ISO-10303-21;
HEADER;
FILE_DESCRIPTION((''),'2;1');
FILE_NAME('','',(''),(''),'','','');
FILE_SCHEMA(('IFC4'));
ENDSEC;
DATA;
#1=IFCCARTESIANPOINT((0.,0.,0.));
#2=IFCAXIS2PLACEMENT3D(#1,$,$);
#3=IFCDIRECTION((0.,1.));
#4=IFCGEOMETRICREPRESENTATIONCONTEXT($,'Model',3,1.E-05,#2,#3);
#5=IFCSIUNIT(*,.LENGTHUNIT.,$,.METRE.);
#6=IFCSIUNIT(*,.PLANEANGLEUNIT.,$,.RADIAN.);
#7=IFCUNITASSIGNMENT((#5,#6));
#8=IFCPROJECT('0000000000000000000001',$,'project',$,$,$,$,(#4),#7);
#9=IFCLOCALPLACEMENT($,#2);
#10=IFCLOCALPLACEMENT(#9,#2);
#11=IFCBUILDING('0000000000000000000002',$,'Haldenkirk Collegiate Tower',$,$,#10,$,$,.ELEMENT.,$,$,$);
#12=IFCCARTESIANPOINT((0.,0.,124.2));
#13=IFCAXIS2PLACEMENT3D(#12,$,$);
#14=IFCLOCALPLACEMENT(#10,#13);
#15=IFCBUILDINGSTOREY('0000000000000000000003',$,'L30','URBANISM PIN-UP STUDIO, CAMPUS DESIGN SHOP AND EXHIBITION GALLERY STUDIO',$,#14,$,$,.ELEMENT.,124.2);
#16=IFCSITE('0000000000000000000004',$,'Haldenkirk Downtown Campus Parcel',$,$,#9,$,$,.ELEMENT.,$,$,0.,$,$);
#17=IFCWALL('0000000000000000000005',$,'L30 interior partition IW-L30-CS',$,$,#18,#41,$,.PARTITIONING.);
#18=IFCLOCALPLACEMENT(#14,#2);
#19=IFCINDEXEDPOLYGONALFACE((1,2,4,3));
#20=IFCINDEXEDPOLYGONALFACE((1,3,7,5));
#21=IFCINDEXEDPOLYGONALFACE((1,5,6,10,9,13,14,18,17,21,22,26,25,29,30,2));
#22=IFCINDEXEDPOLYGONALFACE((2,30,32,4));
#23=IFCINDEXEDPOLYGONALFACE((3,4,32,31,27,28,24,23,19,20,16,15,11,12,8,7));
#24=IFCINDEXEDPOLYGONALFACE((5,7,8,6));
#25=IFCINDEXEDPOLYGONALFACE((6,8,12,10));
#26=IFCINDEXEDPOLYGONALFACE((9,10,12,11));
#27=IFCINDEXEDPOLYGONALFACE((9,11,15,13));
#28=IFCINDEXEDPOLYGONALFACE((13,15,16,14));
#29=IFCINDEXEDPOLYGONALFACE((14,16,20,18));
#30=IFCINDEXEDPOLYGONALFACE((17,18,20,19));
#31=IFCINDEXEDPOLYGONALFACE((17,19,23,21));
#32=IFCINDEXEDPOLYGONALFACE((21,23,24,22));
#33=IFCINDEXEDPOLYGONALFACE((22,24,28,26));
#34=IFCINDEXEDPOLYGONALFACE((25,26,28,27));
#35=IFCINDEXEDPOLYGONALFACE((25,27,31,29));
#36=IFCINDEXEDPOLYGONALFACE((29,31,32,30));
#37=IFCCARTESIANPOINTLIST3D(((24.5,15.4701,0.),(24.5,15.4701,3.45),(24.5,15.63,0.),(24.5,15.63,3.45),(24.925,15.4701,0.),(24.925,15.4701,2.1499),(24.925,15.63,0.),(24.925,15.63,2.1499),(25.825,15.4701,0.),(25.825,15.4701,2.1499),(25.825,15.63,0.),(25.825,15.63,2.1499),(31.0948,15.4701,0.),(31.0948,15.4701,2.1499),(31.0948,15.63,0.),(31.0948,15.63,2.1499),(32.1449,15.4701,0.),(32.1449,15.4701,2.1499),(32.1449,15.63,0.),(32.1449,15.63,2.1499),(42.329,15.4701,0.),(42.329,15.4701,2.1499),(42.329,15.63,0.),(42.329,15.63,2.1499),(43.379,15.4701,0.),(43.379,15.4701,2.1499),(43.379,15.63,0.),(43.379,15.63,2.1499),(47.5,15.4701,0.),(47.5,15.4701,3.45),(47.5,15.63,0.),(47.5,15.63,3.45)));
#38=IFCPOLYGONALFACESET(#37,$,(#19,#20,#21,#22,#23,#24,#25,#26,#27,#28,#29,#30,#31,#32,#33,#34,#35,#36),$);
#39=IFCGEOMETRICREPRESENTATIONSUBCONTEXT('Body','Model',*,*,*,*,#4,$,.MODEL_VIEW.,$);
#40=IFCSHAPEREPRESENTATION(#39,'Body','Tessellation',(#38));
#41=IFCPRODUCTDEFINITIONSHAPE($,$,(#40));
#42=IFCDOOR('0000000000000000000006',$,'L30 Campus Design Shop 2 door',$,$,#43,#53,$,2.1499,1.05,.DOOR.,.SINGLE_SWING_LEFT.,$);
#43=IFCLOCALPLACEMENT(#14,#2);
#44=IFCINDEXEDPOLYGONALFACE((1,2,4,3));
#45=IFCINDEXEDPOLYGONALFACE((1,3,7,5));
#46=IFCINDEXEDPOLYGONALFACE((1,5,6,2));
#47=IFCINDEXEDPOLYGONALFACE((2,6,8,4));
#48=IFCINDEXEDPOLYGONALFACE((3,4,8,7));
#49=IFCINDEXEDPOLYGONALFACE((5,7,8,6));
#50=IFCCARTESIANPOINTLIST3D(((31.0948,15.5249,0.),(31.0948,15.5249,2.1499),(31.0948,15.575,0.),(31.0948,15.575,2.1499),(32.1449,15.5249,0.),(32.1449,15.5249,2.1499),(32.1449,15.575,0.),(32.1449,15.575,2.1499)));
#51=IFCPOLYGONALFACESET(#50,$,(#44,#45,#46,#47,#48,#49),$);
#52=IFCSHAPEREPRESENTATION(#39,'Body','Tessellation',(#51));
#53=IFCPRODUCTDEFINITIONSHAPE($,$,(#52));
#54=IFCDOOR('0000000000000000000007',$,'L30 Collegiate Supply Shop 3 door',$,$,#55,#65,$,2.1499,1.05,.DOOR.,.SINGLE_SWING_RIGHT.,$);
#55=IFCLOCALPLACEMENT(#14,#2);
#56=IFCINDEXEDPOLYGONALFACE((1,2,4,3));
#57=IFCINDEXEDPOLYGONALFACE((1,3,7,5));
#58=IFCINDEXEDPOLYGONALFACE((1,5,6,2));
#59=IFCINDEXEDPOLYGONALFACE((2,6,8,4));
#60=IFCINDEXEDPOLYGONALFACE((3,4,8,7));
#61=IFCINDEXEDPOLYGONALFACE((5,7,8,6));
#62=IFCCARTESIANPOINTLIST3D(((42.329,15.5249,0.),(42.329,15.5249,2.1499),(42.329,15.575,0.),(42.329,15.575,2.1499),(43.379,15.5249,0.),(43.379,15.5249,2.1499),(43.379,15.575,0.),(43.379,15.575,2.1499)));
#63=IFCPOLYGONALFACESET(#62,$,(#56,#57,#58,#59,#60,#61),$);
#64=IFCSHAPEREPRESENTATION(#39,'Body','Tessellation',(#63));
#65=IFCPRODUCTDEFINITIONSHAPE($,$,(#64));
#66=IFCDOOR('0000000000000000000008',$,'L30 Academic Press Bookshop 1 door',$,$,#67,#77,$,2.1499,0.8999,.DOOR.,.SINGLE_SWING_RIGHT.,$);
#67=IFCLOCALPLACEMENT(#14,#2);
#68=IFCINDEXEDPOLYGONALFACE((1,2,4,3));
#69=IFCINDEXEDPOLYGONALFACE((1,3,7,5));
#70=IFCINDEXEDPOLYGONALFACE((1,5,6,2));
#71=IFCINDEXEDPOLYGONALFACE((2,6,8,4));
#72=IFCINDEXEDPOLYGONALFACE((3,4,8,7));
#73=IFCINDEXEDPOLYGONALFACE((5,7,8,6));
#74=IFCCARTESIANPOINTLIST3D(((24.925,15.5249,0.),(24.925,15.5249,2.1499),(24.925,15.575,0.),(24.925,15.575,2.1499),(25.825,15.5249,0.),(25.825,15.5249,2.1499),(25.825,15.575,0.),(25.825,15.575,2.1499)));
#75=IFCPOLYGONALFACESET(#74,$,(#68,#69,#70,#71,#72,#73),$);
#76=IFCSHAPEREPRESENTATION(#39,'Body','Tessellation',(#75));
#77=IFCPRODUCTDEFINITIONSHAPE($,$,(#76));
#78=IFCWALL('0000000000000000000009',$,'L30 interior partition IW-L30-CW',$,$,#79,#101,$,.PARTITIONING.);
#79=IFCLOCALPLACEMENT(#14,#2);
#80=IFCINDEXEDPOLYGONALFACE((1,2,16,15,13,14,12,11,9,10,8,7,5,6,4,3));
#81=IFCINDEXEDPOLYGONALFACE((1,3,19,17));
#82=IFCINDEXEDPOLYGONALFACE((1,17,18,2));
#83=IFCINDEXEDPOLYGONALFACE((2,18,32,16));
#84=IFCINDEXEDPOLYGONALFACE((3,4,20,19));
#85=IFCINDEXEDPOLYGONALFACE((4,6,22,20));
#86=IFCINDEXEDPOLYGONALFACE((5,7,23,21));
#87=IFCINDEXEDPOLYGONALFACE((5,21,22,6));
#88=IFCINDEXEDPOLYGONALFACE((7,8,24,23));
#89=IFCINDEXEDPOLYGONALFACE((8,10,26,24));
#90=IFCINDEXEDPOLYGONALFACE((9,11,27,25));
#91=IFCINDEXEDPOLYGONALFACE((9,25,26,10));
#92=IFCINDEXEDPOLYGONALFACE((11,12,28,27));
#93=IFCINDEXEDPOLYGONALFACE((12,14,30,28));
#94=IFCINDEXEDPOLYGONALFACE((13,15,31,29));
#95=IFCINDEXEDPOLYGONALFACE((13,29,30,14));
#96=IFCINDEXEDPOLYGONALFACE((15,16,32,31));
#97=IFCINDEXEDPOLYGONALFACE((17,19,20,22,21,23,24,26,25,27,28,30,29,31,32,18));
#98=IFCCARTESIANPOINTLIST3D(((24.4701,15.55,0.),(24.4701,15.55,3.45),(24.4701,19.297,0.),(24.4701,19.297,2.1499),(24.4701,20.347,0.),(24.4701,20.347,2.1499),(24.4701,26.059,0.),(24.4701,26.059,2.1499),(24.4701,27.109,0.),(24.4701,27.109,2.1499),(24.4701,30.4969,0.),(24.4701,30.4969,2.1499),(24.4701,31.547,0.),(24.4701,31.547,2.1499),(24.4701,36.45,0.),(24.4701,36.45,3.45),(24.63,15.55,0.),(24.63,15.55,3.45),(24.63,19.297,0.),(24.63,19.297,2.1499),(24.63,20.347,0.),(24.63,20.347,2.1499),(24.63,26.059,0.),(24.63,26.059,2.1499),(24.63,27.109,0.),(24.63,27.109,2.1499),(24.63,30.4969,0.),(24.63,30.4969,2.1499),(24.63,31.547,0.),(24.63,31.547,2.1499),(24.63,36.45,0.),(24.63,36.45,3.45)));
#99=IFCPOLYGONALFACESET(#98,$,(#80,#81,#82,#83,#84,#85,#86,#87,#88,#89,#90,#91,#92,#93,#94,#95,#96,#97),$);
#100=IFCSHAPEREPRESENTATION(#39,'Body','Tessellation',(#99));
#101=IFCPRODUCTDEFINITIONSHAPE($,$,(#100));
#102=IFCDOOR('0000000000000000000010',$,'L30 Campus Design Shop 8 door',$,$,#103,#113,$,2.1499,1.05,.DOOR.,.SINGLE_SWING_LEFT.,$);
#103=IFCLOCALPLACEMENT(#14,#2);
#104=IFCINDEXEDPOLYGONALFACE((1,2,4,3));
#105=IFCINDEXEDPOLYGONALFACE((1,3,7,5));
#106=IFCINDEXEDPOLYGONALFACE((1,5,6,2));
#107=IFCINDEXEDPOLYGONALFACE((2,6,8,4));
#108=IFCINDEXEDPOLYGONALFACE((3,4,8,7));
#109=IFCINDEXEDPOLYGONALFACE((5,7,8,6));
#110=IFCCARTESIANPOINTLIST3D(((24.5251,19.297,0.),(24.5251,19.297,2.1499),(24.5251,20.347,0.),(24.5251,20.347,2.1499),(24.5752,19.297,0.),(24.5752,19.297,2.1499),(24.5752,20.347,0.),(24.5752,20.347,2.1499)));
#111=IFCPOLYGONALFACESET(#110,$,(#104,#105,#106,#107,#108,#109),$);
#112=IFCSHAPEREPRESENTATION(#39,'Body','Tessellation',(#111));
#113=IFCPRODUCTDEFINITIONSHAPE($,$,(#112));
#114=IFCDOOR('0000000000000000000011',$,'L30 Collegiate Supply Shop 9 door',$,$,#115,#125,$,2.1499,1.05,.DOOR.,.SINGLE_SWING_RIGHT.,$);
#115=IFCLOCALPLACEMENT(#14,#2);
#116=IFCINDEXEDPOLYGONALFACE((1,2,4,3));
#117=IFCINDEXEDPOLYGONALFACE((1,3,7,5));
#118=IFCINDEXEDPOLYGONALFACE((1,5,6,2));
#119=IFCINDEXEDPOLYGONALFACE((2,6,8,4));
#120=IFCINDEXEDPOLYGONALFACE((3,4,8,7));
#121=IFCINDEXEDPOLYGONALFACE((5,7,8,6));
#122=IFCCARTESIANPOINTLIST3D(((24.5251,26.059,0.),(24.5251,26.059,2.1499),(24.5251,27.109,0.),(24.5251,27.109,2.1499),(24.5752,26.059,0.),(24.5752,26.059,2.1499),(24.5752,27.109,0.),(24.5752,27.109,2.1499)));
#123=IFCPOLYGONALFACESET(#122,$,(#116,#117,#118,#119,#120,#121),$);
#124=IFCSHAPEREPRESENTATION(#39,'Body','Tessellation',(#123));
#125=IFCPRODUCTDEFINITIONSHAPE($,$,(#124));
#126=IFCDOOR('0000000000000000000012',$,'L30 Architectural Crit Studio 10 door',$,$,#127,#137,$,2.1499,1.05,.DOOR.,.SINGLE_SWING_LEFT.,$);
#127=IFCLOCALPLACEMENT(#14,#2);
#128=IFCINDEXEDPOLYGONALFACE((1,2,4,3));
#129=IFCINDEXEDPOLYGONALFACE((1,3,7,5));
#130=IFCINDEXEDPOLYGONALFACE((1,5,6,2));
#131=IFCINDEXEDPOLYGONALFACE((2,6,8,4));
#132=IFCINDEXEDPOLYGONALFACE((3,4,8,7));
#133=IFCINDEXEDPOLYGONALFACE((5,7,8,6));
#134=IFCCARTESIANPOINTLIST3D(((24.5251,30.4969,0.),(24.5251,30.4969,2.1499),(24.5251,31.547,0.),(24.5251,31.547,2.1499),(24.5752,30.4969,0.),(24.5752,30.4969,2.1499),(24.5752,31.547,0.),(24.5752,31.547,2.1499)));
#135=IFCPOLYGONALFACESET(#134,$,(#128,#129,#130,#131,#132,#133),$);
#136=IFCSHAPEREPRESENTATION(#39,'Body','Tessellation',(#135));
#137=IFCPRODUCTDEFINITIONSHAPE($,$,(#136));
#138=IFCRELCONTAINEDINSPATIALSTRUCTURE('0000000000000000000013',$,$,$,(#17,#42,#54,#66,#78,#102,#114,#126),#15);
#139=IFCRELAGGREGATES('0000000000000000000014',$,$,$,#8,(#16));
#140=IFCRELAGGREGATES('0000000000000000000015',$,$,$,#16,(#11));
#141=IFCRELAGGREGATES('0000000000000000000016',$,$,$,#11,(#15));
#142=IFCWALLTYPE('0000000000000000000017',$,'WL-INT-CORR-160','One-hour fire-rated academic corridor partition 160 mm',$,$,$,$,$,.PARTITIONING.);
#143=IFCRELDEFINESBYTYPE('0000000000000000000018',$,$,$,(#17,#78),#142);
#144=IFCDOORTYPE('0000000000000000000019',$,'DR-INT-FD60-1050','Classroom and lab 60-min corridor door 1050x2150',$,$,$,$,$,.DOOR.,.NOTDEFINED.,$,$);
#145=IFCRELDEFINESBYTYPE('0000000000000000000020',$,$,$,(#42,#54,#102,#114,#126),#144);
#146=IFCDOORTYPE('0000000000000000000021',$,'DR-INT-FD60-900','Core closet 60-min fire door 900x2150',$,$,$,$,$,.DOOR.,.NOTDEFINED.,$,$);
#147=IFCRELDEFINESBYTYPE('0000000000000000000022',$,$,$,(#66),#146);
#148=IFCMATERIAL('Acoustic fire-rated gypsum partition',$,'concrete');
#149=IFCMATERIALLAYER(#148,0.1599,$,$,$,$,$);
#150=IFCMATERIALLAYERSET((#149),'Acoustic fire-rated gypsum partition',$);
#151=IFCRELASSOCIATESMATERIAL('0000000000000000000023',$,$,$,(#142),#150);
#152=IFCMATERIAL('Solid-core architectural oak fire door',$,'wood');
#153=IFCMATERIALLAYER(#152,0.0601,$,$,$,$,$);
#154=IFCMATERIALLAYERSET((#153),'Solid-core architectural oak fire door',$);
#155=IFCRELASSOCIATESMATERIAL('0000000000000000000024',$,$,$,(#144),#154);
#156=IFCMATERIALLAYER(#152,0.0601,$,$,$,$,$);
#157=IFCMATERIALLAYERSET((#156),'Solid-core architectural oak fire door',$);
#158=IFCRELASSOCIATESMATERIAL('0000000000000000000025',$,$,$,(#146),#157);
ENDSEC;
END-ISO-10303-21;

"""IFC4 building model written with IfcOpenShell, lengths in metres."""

from ifc_helpers import new_model, si_unit, direction, frame, frame_2d, origin, place, context, subcontext, project, spatial, rectangle, extrude, material, layer, layer_set, type_object, element, fill, save


model = new_model("IFC4")

# Units and contexts
model_context = context("Model", 3, precision=1e-05, world=origin(), true_north=direction((0.0, 1.0)))
body_context = subcontext(model_context, "Body", "Model", "MODEL_VIEW")
ifc_project = project(units=[si_unit("LENGTHUNIT", "METRE"), si_unit("PLANEANGLEUNIT", "RADIAN")], contexts=[model_context])

# Site, building, storey
site_placement = place(None, origin())
site = spatial("IfcSite", under=ifc_project, at=site_placement, Name="Haldenkirk Downtown Campus Parcel", CompositionType="ELEMENT", RefElevation=0.0)
building_placement = place(site_placement, origin())
building = spatial("IfcBuilding", under=site, at=building_placement, Name="Haldenkirk Collegiate Tower", CompositionType="ELEMENT")
storey_placement = place(building_placement, frame((0.0, 0.0, 124.2)))
storey = spatial("IfcBuildingStorey", under=building, at=storey_placement, Name="L30", Description="URBANISM PIN-UP STUDIO, CAMPUS DESIGN SHOP AND EXHIBITION GALLERY STUDIO", CompositionType="ELEMENT", Elevation=124.2)

# Walls, openings, doors
ifc_material_1 = material(Name="Acoustic fire-rated gypsum partition", Category="concrete")
ifc_layer_1 = layer(ifc_material_1, 0.1599)
ifc_layer_set_1 = layer_set([ifc_layer_1], Name="Acoustic fire-rated gypsum partition")
wall_type_1 = type_object("IfcWallType", Name="WL-INT-CORR-160", Description="One-hour fire-rated academic corridor partition 160 mm", PredefinedType="PARTITIONING", material=ifc_layer_set_1)
wall_1_placement = place(storey_placement, frame((24.5, 15.55, 0.0), z_axis=(0.0, 0.0, 1.0), x_axis=(1.0, 0.0, 0.0)))
wall_1 = element("IfcWall", 1, at=wall_1_placement, inside=storey, type_object=wall_type_1, Name="L30 interior partition IW-L30-CS", PredefinedType="PARTITIONING", context=body_context, shape_type="SweptSolid", body=[
    extrude(rectangle(XDim=23.0, YDim=0.1599, at=frame_2d((11.5, 0.0))), origin(), (0.0, 0.0, 1.0), 3.45),
])
opening_1_placement = place(wall_1_placement, frame((0.425, 0.0, 0.0)))
opening_1 = element("IfcOpeningElement", 2, at=opening_1_placement, cuts=wall_1, PredefinedType="OPENING", context=body_context, shape_type="SweptSolid", body=[
    extrude(rectangle(XDim=0.8999, YDim=2.1499, at=frame_2d((0.45, 1.075))), frame((0.0, 0.0898, 0.0), z_axis=(0.0, -1.0, 0.0), x_axis=(1.0, 0.0, 0.0)), (0.0, 0.0, 1.0), 0.1799),
])
opening_2_placement = place(wall_1_placement, frame((6.595, 0.0, 0.0)))
opening_2 = element("IfcOpeningElement", 3, at=opening_2_placement, cuts=wall_1, PredefinedType="OPENING", context=body_context, shape_type="SweptSolid", body=[
    extrude(rectangle(XDim=1.05, YDim=2.1499, at=frame_2d((0.5249, 1.075))), frame((0.0, 0.0898, 0.0), z_axis=(0.0, -1.0, 0.0), x_axis=(1.0, 0.0, 0.0)), (0.0, 0.0, 1.0), 0.1799),
])
opening_3_placement = place(wall_1_placement, frame((17.8291, 0.0, 0.0)))
opening_3 = element("IfcOpeningElement", 4, at=opening_3_placement, cuts=wall_1, PredefinedType="OPENING", context=body_context, shape_type="SweptSolid", body=[
    extrude(rectangle(XDim=1.05, YDim=2.1499, at=frame_2d((0.5249, 1.075))), frame((0.0, 0.0898, 0.0), z_axis=(0.0, -1.0, 0.0), x_axis=(1.0, 0.0, 0.0)), (0.0, 0.0, 1.0), 0.1799),
])
ifc_material_2 = material(Name="Solid-core architectural oak fire door", Category="wood")
ifc_layer_2 = layer(ifc_material_2, 0.0601)
ifc_layer_set_2 = layer_set([ifc_layer_2], Name="Solid-core architectural oak fire door")
door_type_1 = type_object("IfcDoorType", Name="DR-INT-FD60-1050", Description="Classroom and lab 60-min corridor door 1050x2150", OperationType="NOTDEFINED", PredefinedType="DOOR", material=ifc_layer_set_2)
door_1_placement = place(opening_2_placement, origin())
door_1 = element("IfcDoor", 5, at=door_1_placement, inside=storey, type_object=door_type_1, Name="L30 Campus Design Shop 2 door", OperationType="SINGLE_SWING_LEFT", OverallHeight=2.1499, OverallWidth=1.05, PredefinedType="DOOR", context=body_context, shape_type="SweptSolid", body=[
    extrude(rectangle(XDim=1.05, YDim=2.1499, at=frame_2d((0.5249, 1.075))), frame((0.0, 0.0249, 0.0), z_axis=(0.0, -1.0, 0.0), x_axis=(1.0, 0.0, 0.0)), (0.0, 0.0, 1.0), 0.05),
])
fill(opening_2, door_1)
door_2_placement = place(opening_3_placement, origin())
door_2 = element("IfcDoor", 6, at=door_2_placement, inside=storey, type_object=door_type_1, Name="L30 Collegiate Supply Shop 3 door", OperationType="SINGLE_SWING_RIGHT", OverallHeight=2.1499, OverallWidth=1.05, PredefinedType="DOOR", context=body_context, shape_type="SweptSolid", body=[
    extrude(rectangle(XDim=1.05, YDim=2.1499, at=frame_2d((0.5249, 1.075))), frame((0.0, 0.0249, 0.0), z_axis=(0.0, -1.0, 0.0), x_axis=(1.0, 0.0, 0.0)), (0.0, 0.0, 1.0), 0.05),
])
fill(opening_3, door_2)
ifc_layer_3 = layer(ifc_material_2, 0.0601)
ifc_layer_set_3 = layer_set([ifc_layer_3], Name="Solid-core architectural oak fire door")
door_type_2 = type_object("IfcDoorType", Name="DR-INT-FD60-900", Description="Core closet 60-min fire door 900x2150", OperationType="NOTDEFINED", PredefinedType="DOOR", material=ifc_layer_set_3)
door_3_placement = place(opening_1_placement, origin())
door_3 = element("IfcDoor", 7, at=door_3_placement, inside=storey, type_object=door_type_2, Name="L30 Academic Press Bookshop 1 door", OperationType="SINGLE_SWING_RIGHT", OverallHeight=2.1499, OverallWidth=0.8999, PredefinedType="DOOR", context=body_context, shape_type="SweptSolid", body=[
    extrude(rectangle(XDim=0.8999, YDim=2.1499, at=frame_2d((0.45, 1.075))), frame((0.0, 0.0249, 0.0), z_axis=(0.0, -1.0, 0.0), x_axis=(1.0, 0.0, 0.0)), (0.0, 0.0, 1.0), 0.05),
])
fill(opening_1, door_3)
wall_2_placement = place(storey_placement, frame((24.55, 15.55, 0.0), z_axis=(0.0, 0.0, 1.0), x_axis=(0.0, 1.0, 0.0)))
wall_2 = element("IfcWall", 8, at=wall_2_placement, inside=storey, type_object=wall_type_1, Name="L30 interior partition IW-L30-CW", PredefinedType="PARTITIONING", context=body_context, shape_type="SweptSolid", body=[
    extrude(rectangle(XDim=20.8999, YDim=0.1599, at=frame_2d((10.45, 0.0))), origin(), (0.0, 0.0, 1.0), 3.45),
])
opening_4_placement = place(wall_2_placement, frame((3.7471, 0.0, 0.0)))
opening_4 = element("IfcOpeningElement", 9, at=opening_4_placement, cuts=wall_2, PredefinedType="OPENING", context=body_context, shape_type="SweptSolid", body=[
    extrude(rectangle(XDim=1.05, YDim=2.1499, at=frame_2d((0.5249, 1.075))), frame((0.0, 0.0898, 0.0), z_axis=(0.0, -1.0, 0.0), x_axis=(1.0, 0.0, 0.0)), (0.0, 0.0, 1.0), 0.1799),
])
opening_5_placement = place(wall_2_placement, frame((10.509, 0.0, 0.0)))
opening_5 = element("IfcOpeningElement", 10, at=opening_5_placement, cuts=wall_2, PredefinedType="OPENING", context=body_context, shape_type="SweptSolid", body=[
    extrude(rectangle(XDim=1.05, YDim=2.1499, at=frame_2d((0.5249, 1.075))), frame((0.0, 0.0898, 0.0), z_axis=(0.0, -1.0, 0.0), x_axis=(1.0, 0.0, 0.0)), (0.0, 0.0, 1.0), 0.1799),
])
opening_6_placement = place(wall_2_placement, frame((14.947, 0.0, 0.0)))
opening_6 = element("IfcOpeningElement", 11, at=opening_6_placement, cuts=wall_2, PredefinedType="OPENING", context=body_context, shape_type="SweptSolid", body=[
    extrude(rectangle(XDim=1.05, YDim=2.1499, at=frame_2d((0.5249, 1.075))), frame((0.0, 0.0898, 0.0), z_axis=(0.0, -1.0, 0.0), x_axis=(1.0, 0.0, 0.0)), (0.0, 0.0, 1.0), 0.1799),
])
door_4_placement = place(opening_4_placement, origin())
door_4 = element("IfcDoor", 12, at=door_4_placement, inside=storey, type_object=door_type_1, Name="L30 Campus Design Shop 8 door", OperationType="SINGLE_SWING_LEFT", OverallHeight=2.1499, OverallWidth=1.05, PredefinedType="DOOR", context=body_context, shape_type="SweptSolid", body=[
    extrude(rectangle(XDim=1.05, YDim=2.1499, at=frame_2d((0.5249, 1.075))), frame((0.0, 0.0249, 0.0), z_axis=(0.0, -1.0, 0.0), x_axis=(1.0, 0.0, 0.0)), (0.0, 0.0, 1.0), 0.05),
])
fill(opening_4, door_4)
door_5_placement = place(opening_5_placement, origin())
door_5 = element("IfcDoor", 13, at=door_5_placement, inside=storey, type_object=door_type_1, Name="L30 Collegiate Supply Shop 9 door", OperationType="SINGLE_SWING_RIGHT", OverallHeight=2.1499, OverallWidth=1.05, PredefinedType="DOOR", context=body_context, shape_type="SweptSolid", body=[
    extrude(rectangle(XDim=1.05, YDim=2.1499, at=frame_2d((0.5249, 1.075))), frame((0.0, 0.0249, 0.0), z_axis=(0.0, -1.0, 0.0), x_axis=(1.0, 0.0, 0.0)), (0.0, 0.0, 1.0), 0.05),
])
fill(opening_5, door_5)
door_6_placement = place(opening_6_placement, origin())
door_6 = element("IfcDoor", 14, at=door_6_placement, inside=storey, type_object=door_type_1, Name="L30 Architectural Crit Studio 10 door", OperationType="SINGLE_SWING_LEFT", OverallHeight=2.1499, OverallWidth=1.05, PredefinedType="DOOR", context=body_context, shape_type="SweptSolid", body=[
    extrude(rectangle(XDim=1.05, YDim=2.1499, at=frame_2d((0.5249, 1.075))), frame((0.0, 0.0249, 0.0), z_axis=(0.0, -1.0, 0.0), x_axis=(1.0, 0.0, 0.0)), (0.0, 0.0, 1.0), 0.05),
])
fill(opening_6, door_6)

save(model, "model.ifc")
